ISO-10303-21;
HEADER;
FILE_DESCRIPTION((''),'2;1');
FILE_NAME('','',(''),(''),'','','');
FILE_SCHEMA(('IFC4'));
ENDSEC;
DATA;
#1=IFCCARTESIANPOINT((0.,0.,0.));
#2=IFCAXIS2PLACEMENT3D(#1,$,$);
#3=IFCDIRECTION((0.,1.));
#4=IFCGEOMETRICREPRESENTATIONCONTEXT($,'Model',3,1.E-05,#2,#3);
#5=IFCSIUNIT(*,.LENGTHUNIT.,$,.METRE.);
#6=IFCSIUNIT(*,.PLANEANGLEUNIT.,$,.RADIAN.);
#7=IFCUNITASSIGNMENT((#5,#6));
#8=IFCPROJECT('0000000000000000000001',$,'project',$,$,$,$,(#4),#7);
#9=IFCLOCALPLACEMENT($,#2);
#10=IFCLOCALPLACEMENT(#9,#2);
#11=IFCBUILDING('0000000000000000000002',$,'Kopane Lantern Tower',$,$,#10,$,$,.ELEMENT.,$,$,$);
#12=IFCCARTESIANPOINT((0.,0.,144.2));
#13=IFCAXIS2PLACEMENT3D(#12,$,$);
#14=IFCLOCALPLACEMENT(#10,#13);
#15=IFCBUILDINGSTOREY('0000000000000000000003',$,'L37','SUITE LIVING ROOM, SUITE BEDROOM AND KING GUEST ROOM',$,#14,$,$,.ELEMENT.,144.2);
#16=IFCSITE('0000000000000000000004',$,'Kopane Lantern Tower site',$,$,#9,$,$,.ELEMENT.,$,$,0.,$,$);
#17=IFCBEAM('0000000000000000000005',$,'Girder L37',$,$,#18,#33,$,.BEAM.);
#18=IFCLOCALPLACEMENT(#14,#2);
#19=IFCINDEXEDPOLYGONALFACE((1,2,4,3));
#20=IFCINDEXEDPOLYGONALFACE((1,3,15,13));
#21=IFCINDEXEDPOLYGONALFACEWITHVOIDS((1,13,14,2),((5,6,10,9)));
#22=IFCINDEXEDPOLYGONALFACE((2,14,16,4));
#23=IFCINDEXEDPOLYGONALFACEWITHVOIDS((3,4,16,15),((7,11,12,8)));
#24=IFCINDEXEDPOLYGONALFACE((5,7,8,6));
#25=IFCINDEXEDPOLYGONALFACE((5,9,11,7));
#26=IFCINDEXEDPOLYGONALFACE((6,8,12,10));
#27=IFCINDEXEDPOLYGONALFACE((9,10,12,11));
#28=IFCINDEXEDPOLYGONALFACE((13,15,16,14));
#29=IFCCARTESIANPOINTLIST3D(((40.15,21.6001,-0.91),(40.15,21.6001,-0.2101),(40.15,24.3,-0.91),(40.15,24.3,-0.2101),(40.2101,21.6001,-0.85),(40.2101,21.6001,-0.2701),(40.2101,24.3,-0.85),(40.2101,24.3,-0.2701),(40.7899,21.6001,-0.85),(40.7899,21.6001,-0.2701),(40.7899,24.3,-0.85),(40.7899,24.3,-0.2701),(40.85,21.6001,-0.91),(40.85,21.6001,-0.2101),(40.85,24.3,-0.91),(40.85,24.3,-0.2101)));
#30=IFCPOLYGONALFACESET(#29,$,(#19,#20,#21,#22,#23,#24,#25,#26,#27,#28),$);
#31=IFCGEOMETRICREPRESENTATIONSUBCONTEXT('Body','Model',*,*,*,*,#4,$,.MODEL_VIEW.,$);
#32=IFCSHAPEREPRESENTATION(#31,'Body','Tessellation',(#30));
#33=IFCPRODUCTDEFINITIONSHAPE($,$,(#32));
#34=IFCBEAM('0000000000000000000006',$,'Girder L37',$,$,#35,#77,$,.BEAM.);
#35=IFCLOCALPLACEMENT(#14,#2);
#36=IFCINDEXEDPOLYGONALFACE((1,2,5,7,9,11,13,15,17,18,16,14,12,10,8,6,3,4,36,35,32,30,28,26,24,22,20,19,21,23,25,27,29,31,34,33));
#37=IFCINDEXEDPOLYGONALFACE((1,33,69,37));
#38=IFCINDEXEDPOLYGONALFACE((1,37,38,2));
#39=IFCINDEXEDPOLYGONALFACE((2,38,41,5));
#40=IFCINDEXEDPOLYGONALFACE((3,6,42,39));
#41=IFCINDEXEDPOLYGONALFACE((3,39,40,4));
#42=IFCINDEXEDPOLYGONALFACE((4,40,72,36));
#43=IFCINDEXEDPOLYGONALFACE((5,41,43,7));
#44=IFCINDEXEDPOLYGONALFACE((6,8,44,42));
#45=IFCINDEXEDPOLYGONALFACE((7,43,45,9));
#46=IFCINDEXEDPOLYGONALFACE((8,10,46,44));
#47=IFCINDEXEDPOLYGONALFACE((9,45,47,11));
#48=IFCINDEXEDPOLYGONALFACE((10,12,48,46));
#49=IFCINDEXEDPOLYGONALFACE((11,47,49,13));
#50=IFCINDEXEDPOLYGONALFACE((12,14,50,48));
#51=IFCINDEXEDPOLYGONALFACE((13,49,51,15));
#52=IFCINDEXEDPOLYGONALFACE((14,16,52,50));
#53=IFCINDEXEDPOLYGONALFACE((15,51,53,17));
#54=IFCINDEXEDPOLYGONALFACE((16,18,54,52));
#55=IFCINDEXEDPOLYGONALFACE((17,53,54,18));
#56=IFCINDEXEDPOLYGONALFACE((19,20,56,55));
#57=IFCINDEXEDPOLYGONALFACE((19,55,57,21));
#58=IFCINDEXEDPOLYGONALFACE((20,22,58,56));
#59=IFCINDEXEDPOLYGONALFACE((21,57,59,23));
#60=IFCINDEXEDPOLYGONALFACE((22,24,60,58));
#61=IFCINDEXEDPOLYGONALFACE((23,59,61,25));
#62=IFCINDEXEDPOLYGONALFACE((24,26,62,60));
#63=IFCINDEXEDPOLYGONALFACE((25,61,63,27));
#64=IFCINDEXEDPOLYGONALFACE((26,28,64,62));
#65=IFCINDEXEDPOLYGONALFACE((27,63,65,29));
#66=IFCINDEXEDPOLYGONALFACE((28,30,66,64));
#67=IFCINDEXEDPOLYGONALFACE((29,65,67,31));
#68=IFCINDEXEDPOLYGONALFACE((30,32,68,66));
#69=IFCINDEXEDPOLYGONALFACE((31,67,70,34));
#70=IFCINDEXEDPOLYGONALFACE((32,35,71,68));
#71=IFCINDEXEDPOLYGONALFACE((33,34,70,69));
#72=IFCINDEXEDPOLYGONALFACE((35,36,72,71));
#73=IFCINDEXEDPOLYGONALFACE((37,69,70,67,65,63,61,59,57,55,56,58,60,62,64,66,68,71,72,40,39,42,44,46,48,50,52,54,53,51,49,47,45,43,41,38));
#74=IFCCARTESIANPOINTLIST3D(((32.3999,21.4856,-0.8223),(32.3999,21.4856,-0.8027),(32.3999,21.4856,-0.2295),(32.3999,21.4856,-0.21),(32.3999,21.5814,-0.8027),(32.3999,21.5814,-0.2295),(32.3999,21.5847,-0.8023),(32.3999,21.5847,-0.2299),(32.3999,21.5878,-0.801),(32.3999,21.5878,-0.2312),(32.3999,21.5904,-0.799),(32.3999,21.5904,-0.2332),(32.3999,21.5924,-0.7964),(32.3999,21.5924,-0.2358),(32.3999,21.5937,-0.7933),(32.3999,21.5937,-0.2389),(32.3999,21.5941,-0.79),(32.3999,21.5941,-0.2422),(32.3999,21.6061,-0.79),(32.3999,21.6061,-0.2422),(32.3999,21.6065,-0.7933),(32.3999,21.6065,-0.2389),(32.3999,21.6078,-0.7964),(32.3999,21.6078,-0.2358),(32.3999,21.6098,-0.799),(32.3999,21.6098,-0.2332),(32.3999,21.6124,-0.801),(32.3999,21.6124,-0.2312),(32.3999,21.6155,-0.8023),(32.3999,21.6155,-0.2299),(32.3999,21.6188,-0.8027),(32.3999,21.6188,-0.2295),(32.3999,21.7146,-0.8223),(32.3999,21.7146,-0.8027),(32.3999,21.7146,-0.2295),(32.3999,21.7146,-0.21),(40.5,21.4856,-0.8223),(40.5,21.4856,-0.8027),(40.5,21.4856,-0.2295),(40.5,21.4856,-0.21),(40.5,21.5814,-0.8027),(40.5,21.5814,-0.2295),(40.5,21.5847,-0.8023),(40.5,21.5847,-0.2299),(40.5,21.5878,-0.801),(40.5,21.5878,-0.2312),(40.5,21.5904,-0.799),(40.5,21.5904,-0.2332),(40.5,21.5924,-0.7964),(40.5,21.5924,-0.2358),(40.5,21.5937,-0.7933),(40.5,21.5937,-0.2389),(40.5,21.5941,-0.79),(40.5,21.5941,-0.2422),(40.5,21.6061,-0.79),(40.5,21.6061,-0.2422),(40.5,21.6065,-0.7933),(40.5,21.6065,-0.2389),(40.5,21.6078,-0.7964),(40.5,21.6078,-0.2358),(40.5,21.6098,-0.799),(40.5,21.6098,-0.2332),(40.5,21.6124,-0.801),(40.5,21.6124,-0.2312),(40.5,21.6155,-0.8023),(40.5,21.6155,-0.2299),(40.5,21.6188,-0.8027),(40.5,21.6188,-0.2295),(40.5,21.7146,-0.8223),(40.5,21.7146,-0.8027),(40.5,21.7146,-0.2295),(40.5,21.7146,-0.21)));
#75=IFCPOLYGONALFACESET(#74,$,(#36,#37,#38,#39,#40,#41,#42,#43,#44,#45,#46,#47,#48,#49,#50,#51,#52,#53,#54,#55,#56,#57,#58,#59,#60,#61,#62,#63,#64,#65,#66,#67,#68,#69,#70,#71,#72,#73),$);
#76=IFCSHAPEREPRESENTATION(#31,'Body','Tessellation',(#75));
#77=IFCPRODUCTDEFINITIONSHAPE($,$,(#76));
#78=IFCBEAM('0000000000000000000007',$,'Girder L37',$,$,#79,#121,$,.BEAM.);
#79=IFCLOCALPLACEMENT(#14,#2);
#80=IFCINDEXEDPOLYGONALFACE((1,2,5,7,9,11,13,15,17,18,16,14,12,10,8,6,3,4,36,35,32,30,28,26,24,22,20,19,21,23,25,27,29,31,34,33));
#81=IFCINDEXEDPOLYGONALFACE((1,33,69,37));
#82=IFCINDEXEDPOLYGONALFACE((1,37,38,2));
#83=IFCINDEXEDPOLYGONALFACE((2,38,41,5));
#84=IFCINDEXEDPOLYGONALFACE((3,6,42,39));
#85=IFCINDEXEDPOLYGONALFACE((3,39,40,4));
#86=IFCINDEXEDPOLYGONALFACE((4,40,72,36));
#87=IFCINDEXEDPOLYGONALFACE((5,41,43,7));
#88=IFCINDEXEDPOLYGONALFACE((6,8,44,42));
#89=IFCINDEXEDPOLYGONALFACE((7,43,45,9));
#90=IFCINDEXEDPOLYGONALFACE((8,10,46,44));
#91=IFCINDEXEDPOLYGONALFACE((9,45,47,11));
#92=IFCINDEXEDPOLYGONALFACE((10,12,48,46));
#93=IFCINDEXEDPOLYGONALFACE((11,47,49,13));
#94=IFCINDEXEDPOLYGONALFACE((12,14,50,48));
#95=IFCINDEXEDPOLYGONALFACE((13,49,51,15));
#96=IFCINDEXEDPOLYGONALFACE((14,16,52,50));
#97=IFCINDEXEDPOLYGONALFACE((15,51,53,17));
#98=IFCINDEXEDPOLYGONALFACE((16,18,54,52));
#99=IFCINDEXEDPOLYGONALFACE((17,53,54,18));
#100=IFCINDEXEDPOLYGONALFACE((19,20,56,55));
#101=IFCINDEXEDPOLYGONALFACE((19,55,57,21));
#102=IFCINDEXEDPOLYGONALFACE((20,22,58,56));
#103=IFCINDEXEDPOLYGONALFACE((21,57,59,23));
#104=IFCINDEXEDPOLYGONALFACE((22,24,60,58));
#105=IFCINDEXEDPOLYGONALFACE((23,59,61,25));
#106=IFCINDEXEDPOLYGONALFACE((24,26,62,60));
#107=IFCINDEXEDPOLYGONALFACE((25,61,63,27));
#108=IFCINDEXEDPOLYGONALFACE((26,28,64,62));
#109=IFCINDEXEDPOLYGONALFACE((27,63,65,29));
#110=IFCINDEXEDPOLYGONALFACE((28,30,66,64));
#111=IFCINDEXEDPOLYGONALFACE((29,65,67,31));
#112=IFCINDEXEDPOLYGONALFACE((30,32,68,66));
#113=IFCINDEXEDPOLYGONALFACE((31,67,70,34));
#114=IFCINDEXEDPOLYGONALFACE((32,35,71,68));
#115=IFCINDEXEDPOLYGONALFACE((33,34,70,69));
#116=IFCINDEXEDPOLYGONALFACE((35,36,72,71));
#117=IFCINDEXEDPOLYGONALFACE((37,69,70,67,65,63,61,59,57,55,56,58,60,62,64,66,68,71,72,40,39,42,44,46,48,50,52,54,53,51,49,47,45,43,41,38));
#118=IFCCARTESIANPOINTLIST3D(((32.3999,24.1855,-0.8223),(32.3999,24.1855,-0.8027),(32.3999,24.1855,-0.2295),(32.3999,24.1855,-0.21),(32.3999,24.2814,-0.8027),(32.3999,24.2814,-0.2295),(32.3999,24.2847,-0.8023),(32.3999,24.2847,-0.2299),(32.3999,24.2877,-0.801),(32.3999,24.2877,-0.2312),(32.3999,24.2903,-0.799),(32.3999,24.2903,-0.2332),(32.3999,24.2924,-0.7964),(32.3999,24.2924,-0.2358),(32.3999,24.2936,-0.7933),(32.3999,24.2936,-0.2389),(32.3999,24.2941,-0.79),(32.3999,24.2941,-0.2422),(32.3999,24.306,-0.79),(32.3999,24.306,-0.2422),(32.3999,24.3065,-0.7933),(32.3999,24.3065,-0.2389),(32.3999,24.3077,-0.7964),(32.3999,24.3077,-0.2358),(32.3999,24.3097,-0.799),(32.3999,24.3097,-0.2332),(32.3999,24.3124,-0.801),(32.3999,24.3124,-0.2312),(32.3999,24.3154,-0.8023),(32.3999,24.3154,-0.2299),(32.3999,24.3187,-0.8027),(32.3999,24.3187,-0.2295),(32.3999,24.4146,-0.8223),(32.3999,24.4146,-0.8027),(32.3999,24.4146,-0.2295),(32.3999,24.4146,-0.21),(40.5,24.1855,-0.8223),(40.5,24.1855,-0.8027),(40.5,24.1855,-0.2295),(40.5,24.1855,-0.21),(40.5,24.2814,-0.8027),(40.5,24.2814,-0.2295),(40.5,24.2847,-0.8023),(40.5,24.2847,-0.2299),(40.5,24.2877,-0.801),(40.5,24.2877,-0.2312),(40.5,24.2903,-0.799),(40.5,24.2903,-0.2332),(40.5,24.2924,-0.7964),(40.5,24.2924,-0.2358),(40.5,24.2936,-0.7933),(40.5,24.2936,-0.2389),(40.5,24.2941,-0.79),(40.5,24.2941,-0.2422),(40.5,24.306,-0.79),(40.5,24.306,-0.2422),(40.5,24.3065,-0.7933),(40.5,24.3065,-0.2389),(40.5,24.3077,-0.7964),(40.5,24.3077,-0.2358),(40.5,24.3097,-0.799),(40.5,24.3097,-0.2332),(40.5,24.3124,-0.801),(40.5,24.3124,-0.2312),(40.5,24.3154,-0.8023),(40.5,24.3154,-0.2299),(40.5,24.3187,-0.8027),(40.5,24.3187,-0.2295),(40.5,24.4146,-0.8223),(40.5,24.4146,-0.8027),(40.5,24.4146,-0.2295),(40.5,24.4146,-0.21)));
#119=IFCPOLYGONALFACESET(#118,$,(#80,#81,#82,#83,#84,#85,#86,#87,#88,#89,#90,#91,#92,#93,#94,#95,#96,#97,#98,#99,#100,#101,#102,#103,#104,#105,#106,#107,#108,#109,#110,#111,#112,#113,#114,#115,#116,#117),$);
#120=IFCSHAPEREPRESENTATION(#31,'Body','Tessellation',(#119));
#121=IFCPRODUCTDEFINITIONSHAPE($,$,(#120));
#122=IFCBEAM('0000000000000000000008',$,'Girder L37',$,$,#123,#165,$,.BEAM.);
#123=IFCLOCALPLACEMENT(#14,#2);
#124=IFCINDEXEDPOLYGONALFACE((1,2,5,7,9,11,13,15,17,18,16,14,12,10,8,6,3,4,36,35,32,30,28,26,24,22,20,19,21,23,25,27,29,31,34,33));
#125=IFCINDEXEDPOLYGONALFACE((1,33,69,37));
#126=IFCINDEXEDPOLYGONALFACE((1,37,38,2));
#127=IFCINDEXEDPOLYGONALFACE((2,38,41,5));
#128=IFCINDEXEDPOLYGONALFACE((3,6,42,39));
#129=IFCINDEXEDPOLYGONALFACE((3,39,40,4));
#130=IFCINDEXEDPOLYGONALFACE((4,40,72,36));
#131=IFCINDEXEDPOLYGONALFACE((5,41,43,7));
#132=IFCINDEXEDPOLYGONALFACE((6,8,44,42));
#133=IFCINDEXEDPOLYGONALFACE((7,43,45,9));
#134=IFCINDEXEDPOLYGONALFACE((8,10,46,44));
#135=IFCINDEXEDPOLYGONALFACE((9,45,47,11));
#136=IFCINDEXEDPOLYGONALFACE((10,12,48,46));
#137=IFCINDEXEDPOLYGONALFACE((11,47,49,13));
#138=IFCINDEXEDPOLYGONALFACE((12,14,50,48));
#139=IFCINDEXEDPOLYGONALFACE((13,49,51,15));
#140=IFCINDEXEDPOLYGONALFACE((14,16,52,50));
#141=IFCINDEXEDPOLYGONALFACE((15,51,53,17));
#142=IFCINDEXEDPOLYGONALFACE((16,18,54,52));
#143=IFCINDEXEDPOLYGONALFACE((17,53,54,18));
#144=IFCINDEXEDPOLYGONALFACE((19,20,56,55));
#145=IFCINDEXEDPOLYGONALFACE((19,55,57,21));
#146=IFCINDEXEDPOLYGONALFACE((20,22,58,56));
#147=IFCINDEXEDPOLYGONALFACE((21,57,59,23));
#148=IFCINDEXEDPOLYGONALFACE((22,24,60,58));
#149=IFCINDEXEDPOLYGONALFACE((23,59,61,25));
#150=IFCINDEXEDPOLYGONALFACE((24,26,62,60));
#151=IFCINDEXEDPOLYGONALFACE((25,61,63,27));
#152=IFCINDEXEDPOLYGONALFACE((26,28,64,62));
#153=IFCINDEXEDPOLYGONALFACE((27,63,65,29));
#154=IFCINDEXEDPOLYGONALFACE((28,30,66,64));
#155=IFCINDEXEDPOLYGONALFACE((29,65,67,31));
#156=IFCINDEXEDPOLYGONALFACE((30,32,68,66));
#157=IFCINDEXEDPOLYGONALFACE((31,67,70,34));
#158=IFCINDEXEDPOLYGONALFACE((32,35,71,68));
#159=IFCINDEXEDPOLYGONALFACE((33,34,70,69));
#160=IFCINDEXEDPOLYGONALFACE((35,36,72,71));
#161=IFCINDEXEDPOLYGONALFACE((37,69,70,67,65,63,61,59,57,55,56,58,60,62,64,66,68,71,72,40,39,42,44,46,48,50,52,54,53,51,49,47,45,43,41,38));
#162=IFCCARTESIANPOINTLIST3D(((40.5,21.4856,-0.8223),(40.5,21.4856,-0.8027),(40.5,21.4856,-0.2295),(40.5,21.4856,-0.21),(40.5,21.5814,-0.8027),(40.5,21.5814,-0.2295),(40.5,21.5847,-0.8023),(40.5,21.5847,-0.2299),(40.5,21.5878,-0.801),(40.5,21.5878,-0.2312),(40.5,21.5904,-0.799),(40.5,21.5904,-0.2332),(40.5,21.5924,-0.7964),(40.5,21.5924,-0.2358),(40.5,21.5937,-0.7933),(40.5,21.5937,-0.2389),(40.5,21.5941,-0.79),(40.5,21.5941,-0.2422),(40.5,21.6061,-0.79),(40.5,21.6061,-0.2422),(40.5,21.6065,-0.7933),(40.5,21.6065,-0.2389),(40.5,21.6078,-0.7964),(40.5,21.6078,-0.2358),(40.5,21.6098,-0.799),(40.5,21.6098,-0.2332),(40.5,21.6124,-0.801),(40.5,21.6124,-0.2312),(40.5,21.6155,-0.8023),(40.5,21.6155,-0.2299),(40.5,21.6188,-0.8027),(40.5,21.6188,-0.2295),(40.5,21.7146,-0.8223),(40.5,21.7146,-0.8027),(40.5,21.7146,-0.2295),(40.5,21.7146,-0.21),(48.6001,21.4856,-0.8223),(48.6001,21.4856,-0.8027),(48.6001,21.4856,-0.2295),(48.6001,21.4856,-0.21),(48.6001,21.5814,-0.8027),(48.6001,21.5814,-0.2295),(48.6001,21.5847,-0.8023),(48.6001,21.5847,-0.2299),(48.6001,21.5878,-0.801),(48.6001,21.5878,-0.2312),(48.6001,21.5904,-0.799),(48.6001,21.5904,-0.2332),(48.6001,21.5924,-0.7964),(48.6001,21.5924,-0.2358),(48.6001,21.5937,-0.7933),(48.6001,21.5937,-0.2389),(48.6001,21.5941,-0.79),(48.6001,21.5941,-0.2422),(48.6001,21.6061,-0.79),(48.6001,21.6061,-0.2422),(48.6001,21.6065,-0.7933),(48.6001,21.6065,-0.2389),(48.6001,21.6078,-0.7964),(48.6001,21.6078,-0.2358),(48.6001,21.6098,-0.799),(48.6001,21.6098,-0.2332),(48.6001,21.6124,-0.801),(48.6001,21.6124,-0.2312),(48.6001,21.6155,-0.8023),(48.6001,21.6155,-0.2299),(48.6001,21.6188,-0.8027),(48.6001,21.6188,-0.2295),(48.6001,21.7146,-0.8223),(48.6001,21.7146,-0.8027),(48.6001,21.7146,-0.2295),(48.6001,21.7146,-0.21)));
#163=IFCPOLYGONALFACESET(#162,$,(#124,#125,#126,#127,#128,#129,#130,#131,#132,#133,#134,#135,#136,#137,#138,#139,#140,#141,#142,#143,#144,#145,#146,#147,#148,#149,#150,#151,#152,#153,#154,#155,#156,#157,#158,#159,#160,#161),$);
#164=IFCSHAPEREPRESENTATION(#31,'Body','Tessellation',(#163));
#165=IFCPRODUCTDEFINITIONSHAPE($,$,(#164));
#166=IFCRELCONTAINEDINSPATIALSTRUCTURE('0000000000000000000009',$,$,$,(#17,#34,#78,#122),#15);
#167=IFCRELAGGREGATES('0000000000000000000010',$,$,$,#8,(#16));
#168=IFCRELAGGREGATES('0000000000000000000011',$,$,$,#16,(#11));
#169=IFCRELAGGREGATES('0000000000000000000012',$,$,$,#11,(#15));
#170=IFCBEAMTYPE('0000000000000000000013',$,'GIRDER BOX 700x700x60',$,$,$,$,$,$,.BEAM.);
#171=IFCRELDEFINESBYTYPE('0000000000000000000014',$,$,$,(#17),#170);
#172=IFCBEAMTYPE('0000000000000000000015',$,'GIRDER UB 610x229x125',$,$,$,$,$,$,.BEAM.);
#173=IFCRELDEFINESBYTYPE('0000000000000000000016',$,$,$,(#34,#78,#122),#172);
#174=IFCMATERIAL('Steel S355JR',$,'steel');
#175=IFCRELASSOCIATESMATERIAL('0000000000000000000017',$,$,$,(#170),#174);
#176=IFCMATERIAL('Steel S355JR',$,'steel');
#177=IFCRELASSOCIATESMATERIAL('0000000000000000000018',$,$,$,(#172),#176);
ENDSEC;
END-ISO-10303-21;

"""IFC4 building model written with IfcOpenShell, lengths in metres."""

from ifc_helpers import new_model, si_unit, direction, frame, origin, origin_2d, place, context, subcontext, project, spatial, hollow_rectangle, i_section, extrude, material, material_profile, profile_set, type_object, element, save


model = new_model("IFC4")

# Units and contexts
model_context = context("Model", 3, precision=1e-05, world=origin(), true_north=direction((0.0, 1.0)))
body_context = subcontext(model_context, "Body", "Model", "MODEL_VIEW")
ifc_project = project(units=[si_unit("LENGTHUNIT", "METRE"), si_unit("PLANEANGLEUNIT", "RADIAN")], contexts=[model_context])

# Site, building, storey
site_placement = place(None, origin())
site = spatial("IfcSite", under=ifc_project, at=site_placement, Name="Kopane Lantern Tower site", CompositionType="ELEMENT", RefElevation=0.0)
building_placement = place(site_placement, origin())
building = spatial("IfcBuilding", under=site, at=building_placement, Name="Kopane Lantern Tower", CompositionType="ELEMENT")
storey_placement = place(building_placement, frame((0.0, 0.0, 144.2)))
storey = spatial("IfcBuildingStorey", under=building, at=storey_placement, Name="L37", Description="SUITE LIVING ROOM, SUITE BEDROOM AND KING GUEST ROOM", CompositionType="ELEMENT", Elevation=144.2)

# Beams
ifc_material_1 = material(Name="Steel S355JR", Category="steel")
ifc_material_profile_1 = material_profile(ifc_material_1, hollow_rectangle(XDim=0.7, YDim=0.7, WallThickness=0.0601, at=origin_2d()), Name="BOX 700x700x60")
ifc_profile_set_1 = profile_set([ifc_material_profile_1], Name="Steel S355JR")
beam_type_1 = type_object("IfcBeamType", Name="GIRDER BOX 700x700x60", PredefinedType="BEAM", material=ifc_profile_set_1)
beam_1_placement = place(storey_placement, frame((40.5, 21.6001, -0.5601), z_axis=(0.0, 1.0, 0.0), x_axis=(-1.0, 0.0, 0.0)))
element("IfcBeam", 1, at=beam_1_placement, inside=storey, type_object=beam_type_1, Name="Girder L37", PredefinedType="BEAM", context=body_context, shape_type="SweptSolid", body=[
    extrude(hollow_rectangle(XDim=0.7, YDim=0.7, WallThickness=0.0601, at=origin_2d()), origin(), (0.0, 0.0, 1.0), 2.7),
])
ifc_material_2 = material(Name="Steel S355JR", Category="steel")
ifc_material_profile_2 = material_profile(ifc_material_2, i_section(OverallWidth=0.229, OverallDepth=0.6123, WebThickness=0.012, FlangeThickness=0.0195, FilletRadius=0.0127, at=origin_2d()), Name="UB 610x229x125")
ifc_profile_set_2 = profile_set([ifc_material_profile_2], Name="Steel S355JR")
beam_type_2 = type_object("IfcBeamType", Name="GIRDER UB 610x229x125", PredefinedType="BEAM", material=ifc_profile_set_2)
for number, where, z_axis, x_axis, name in (
    (2, (32.3999, 21.6001, -0.5161), (1.0, 0.0, 0.0), (0.0, 1.0, 0.0), "Girder L37"),
    (3, (32.3999, 24.3, -0.5161), (1.0, 0.0, 0.0), (0.0, 1.0, 0.0), "Girder L37"),
    (4, (40.5, 21.6001, -0.5161), (1.0, 0.0, 0.0), (0.0, 1.0, 0.0), "Girder L37"),
):
    element("IfcBeam", number, at=place(storey_placement, frame(where, z_axis=z_axis, x_axis=x_axis)), inside=storey, type_object=beam_type_2, Name=name, PredefinedType="BEAM", context=body_context, shape_type="SweptSolid", body=[
        extrude(i_section(OverallWidth=0.229, OverallDepth=0.6123, WebThickness=0.012, FlangeThickness=0.0195, FilletRadius=0.0127, at=origin_2d()), origin(), (0.0, 0.0, 1.0), 8.1001),
    ])

save(model, "model.ifc")
